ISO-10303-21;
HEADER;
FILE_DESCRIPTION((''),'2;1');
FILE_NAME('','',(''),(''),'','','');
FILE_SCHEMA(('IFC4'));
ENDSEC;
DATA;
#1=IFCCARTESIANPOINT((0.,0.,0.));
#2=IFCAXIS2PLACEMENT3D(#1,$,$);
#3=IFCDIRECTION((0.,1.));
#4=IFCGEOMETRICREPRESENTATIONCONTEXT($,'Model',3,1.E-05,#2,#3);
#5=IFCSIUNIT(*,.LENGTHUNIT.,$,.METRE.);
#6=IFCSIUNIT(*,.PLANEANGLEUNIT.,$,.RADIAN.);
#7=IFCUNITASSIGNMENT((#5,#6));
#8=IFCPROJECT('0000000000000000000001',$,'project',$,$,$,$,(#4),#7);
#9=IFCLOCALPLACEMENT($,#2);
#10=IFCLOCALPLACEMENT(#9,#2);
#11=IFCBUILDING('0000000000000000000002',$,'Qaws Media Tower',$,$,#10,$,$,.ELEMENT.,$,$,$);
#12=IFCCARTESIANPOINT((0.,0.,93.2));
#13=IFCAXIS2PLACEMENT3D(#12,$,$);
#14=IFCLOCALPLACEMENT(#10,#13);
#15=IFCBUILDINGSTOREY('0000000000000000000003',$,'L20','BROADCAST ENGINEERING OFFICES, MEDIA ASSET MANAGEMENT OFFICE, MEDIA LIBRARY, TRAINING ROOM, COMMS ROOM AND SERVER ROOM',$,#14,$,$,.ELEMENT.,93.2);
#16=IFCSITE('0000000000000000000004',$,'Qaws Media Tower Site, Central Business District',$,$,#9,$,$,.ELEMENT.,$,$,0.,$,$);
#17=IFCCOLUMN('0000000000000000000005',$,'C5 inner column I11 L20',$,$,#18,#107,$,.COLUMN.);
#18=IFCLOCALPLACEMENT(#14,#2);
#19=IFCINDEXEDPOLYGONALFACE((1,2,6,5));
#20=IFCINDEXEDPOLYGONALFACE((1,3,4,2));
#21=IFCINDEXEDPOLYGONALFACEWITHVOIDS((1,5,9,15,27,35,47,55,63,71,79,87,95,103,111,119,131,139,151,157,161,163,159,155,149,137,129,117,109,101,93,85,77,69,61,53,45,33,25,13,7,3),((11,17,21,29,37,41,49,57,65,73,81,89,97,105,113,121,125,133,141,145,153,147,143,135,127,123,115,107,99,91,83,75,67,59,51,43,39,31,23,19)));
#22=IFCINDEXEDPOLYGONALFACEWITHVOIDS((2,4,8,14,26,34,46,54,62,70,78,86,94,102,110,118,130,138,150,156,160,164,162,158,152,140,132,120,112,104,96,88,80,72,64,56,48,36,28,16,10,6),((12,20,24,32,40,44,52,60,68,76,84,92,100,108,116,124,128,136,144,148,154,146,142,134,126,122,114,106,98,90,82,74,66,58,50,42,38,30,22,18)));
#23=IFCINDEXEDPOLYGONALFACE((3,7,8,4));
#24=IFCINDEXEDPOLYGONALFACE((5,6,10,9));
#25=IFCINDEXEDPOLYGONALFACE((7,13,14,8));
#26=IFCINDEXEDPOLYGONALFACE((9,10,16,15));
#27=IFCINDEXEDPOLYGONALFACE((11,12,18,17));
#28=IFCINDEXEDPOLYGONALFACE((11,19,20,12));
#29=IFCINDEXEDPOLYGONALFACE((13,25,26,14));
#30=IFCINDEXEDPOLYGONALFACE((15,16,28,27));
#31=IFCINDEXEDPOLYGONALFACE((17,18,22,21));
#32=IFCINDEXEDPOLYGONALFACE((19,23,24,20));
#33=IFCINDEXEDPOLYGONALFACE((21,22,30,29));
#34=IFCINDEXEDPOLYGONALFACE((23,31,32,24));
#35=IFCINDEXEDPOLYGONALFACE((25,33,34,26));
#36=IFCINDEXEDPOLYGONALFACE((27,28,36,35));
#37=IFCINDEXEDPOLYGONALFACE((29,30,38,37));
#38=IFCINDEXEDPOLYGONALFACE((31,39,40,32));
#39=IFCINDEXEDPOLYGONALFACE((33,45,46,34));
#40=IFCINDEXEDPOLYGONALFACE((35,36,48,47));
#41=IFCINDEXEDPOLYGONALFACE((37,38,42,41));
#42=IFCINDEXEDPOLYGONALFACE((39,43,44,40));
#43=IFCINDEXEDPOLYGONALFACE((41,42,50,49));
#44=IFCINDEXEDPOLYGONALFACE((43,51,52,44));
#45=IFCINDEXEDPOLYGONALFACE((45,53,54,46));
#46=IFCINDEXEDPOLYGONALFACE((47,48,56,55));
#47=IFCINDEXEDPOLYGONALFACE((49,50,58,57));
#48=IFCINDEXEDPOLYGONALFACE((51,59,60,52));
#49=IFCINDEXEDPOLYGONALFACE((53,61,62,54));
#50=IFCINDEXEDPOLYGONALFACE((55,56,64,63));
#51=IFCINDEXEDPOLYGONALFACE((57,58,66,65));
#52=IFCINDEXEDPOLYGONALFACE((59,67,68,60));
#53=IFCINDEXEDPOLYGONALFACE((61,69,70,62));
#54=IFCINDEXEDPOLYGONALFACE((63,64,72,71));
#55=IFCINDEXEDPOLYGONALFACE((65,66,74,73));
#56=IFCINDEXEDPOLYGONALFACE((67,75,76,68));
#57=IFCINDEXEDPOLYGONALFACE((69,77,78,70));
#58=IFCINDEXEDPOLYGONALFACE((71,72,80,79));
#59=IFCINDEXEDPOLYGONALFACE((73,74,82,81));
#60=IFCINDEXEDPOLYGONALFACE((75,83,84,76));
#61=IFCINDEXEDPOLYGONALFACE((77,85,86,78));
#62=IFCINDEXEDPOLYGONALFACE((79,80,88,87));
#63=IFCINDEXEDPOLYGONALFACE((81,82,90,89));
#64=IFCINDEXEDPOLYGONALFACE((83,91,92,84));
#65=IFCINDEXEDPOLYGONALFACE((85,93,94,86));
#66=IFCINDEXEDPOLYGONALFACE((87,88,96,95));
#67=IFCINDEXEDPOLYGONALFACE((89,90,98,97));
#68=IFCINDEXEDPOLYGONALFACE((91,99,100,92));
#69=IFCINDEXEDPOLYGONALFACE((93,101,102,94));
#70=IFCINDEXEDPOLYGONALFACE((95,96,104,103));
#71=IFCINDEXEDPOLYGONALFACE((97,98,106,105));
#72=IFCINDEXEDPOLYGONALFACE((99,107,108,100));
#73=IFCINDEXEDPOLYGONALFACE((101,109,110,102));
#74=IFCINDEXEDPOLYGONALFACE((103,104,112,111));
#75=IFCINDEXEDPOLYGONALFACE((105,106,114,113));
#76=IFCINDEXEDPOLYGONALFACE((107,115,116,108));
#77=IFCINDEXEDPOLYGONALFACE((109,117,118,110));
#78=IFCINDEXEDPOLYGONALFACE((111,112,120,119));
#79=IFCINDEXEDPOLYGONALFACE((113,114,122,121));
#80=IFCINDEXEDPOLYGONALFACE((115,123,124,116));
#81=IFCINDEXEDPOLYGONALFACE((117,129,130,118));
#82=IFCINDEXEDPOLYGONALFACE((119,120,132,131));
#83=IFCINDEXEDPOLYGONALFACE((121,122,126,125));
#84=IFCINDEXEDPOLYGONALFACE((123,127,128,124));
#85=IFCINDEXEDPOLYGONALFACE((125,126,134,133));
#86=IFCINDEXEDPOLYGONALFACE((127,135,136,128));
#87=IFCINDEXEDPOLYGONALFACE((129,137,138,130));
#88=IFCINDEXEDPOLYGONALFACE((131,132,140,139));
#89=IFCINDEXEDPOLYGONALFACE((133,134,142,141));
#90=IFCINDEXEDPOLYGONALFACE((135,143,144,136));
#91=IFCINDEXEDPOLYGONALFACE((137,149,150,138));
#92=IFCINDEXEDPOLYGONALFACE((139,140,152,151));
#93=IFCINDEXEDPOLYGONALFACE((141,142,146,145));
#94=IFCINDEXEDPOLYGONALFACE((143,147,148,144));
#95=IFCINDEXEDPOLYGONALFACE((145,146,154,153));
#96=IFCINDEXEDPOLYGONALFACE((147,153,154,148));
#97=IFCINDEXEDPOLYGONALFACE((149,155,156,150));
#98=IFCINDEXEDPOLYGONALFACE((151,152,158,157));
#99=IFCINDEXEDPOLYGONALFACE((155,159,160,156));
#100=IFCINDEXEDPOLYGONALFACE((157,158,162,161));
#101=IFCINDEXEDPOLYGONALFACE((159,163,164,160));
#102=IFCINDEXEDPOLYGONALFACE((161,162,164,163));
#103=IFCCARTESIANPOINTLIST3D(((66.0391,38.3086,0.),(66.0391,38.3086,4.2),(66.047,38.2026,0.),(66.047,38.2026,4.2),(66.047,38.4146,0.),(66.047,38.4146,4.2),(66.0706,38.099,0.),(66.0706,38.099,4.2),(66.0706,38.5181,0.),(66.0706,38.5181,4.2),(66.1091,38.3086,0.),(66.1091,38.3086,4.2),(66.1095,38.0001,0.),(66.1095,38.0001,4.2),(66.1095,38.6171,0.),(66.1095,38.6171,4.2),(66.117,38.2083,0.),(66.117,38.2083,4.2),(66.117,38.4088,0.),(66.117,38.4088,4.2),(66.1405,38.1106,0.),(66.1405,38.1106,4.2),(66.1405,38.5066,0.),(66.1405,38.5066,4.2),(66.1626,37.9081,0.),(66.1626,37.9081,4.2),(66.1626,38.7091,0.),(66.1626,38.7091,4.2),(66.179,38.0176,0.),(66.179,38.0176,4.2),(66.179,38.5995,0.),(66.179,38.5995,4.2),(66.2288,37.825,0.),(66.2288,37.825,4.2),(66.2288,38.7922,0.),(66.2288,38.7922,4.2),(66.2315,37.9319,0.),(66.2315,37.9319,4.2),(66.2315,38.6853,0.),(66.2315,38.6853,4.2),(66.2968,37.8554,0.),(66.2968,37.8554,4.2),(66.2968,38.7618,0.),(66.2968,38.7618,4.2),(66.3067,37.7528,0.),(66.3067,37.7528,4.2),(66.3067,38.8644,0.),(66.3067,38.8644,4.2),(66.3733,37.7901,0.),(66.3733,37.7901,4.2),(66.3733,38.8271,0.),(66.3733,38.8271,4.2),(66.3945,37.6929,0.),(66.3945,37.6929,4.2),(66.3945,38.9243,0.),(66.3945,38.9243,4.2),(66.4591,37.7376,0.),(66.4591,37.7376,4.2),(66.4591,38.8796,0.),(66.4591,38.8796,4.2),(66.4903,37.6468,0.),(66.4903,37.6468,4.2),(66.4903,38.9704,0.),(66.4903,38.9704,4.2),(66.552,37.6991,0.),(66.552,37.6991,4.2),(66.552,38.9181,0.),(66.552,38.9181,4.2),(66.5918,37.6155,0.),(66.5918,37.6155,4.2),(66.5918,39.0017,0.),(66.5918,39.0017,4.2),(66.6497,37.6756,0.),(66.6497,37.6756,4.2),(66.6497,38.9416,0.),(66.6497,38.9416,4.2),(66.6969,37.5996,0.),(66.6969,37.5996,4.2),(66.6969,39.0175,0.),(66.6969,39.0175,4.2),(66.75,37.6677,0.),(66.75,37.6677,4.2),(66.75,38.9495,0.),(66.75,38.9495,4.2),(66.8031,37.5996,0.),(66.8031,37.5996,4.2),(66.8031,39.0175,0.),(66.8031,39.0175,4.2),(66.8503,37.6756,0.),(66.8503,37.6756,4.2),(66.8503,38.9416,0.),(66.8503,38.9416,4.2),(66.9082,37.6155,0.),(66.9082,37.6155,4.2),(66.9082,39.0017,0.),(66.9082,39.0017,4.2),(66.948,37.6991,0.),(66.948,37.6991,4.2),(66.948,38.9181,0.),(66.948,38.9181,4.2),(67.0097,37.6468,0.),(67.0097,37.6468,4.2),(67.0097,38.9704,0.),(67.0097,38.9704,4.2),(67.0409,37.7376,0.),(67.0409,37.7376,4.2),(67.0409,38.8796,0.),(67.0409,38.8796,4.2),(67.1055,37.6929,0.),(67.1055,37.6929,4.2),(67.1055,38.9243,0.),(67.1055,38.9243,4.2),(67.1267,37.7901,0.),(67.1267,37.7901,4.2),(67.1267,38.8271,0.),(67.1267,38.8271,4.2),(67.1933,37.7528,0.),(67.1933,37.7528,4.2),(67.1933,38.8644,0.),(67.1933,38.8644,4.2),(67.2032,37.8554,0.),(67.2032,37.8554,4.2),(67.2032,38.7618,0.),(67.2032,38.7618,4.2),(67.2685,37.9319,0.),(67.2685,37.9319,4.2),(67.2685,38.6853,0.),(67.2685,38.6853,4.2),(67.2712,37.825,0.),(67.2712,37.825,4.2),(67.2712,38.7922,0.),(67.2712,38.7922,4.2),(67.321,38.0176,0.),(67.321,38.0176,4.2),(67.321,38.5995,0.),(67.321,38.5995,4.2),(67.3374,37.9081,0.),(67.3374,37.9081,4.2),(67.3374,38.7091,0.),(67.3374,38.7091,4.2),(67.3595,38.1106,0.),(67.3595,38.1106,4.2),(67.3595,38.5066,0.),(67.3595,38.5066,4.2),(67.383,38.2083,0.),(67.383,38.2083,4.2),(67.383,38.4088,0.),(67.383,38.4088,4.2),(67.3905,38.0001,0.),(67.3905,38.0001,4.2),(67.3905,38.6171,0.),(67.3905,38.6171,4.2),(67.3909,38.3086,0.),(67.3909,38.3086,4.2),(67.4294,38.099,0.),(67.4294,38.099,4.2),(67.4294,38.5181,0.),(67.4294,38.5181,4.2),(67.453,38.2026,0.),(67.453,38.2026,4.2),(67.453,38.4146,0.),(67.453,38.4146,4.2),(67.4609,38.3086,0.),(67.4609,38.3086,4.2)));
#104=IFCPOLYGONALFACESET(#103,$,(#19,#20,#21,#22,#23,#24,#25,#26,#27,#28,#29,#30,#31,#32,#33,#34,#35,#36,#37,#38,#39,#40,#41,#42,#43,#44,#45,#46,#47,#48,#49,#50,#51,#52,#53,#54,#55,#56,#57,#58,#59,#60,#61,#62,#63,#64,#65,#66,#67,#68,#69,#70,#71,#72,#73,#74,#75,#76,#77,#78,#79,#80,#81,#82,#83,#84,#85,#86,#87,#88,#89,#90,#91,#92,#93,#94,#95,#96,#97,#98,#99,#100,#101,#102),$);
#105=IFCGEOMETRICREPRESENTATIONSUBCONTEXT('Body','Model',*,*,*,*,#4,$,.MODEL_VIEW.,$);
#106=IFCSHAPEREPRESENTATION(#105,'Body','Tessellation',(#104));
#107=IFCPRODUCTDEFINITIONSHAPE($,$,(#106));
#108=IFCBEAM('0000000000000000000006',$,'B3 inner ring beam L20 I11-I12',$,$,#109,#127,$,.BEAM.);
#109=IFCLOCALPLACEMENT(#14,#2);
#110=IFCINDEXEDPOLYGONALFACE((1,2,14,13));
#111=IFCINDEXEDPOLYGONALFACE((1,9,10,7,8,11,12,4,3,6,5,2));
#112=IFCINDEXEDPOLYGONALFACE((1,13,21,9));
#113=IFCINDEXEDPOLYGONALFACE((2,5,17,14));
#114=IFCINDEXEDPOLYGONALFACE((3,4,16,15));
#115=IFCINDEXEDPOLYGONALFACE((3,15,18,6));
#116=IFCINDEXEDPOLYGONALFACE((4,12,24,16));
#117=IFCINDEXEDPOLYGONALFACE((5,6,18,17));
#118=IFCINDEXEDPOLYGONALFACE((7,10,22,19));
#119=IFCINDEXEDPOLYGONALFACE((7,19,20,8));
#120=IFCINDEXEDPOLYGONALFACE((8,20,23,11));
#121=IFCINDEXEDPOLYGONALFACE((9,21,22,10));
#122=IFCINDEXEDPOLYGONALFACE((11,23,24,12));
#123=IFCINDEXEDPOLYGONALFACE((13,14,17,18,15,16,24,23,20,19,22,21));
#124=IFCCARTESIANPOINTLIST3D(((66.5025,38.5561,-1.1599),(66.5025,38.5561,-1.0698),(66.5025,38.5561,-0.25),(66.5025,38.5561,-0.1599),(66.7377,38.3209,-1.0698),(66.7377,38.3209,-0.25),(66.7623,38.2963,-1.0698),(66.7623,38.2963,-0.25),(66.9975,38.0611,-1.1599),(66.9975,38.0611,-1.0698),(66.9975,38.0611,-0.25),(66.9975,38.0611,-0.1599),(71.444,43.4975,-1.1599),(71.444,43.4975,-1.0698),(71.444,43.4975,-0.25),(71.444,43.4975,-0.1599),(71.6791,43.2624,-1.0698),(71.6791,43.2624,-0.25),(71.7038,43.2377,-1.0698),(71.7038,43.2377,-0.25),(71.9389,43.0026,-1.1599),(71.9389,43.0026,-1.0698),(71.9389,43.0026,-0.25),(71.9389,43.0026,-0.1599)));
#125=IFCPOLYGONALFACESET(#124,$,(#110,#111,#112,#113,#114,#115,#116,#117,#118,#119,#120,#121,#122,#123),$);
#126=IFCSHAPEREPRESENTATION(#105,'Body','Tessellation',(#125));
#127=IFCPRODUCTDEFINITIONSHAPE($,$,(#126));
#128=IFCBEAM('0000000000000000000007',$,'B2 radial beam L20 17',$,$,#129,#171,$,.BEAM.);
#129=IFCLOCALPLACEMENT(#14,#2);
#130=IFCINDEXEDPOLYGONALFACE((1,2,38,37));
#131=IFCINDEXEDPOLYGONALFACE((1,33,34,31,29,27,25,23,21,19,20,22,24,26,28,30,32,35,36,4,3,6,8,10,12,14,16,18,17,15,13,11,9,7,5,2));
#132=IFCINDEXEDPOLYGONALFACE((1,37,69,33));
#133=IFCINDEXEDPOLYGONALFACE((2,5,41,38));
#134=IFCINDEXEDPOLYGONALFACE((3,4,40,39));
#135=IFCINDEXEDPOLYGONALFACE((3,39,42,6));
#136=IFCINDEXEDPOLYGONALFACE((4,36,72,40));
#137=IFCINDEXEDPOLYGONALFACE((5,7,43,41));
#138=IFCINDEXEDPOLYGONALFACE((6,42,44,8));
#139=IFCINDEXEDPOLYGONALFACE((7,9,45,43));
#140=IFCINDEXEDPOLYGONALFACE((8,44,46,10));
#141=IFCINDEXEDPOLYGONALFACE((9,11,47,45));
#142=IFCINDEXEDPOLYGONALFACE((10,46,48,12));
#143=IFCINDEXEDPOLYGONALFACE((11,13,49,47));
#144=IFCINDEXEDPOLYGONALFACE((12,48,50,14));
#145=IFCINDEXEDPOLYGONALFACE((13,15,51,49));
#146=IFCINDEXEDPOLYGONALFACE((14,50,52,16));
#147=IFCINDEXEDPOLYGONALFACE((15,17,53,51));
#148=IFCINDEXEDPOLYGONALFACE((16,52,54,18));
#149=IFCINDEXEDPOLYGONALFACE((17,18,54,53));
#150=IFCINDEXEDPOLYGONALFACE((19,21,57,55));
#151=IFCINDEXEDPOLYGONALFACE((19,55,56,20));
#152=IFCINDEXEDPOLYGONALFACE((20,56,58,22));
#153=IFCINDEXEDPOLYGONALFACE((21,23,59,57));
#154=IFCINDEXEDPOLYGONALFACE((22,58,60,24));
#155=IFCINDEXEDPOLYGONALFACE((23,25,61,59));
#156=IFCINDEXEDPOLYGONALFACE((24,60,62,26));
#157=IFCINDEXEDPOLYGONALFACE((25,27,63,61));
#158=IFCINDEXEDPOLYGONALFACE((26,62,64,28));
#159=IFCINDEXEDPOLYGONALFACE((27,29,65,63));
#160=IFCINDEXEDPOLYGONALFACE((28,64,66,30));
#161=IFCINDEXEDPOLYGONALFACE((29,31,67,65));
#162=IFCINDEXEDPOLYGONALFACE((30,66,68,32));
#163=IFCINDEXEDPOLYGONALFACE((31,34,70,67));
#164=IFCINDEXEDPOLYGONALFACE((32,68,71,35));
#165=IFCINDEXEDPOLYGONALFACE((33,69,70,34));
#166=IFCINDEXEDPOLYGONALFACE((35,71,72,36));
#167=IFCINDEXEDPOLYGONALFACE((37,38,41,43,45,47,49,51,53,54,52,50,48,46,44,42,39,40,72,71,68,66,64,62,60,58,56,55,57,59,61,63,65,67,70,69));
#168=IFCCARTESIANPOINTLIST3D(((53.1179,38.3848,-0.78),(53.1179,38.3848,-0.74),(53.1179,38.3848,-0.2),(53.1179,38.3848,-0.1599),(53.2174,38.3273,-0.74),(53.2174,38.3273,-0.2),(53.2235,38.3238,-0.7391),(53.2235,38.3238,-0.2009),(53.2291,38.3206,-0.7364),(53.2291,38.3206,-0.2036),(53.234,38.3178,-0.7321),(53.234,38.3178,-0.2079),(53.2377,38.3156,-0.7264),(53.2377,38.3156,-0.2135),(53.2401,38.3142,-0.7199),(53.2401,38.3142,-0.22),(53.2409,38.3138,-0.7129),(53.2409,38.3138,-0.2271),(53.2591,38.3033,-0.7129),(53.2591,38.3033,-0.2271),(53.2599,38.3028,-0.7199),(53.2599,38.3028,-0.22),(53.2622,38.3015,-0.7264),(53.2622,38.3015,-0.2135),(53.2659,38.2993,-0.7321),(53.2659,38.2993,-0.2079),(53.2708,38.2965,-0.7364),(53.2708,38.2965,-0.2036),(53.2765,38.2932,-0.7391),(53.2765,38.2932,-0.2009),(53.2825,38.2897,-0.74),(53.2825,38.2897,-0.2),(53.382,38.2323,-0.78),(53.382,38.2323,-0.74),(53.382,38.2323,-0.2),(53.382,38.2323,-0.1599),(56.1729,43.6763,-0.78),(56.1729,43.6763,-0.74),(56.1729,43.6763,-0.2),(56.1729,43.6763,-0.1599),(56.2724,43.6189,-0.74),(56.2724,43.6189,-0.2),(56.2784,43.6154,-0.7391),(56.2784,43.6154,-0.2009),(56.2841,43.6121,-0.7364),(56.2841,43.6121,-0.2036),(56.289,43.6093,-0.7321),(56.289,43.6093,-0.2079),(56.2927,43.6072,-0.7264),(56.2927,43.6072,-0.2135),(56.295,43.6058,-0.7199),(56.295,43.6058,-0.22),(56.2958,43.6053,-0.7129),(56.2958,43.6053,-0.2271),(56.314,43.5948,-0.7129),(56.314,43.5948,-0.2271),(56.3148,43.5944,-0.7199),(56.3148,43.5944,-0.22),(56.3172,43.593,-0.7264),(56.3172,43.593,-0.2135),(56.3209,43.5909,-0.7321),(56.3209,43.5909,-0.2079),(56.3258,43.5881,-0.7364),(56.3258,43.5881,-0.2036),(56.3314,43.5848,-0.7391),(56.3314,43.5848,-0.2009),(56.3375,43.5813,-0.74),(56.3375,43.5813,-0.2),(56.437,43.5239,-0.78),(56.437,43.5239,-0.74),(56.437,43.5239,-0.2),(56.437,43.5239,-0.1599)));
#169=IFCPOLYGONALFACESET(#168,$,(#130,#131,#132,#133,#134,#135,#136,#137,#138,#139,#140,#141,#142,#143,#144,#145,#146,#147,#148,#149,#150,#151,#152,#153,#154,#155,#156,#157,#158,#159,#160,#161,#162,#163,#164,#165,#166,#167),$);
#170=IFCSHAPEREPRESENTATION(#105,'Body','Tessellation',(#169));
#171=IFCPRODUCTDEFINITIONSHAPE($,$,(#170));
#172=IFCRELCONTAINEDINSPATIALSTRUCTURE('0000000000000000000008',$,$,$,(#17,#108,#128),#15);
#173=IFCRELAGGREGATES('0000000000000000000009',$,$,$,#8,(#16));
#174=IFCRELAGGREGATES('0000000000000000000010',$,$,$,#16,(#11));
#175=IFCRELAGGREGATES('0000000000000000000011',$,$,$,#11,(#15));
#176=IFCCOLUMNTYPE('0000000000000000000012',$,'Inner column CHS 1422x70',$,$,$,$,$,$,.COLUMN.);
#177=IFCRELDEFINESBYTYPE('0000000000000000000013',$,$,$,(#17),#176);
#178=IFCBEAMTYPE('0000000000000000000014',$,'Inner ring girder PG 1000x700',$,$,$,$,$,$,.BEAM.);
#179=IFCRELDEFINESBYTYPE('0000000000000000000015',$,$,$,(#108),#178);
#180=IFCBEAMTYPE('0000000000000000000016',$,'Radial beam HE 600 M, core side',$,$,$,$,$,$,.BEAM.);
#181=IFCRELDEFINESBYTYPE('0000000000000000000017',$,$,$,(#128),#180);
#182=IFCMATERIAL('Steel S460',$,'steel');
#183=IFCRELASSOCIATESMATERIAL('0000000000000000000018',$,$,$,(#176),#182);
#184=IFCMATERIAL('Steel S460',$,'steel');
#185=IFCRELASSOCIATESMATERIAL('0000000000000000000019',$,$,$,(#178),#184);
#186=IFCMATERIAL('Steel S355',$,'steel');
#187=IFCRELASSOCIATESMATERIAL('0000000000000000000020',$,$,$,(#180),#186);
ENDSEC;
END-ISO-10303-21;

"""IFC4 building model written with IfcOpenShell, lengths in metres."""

from ifc_helpers import new_model, si_unit, direction, frame, origin, origin_2d, place, context, subcontext, project, spatial, hollow_circle, i_section, extrude, material, material_profile, profile_set, type_object, element, save


model = new_model("IFC4")

# Units and contexts
model_context = context("Model", 3, precision=1e-05, world=origin(), true_north=direction((0.0, 1.0)))
body_context = subcontext(model_context, "Body", "Model", "MODEL_VIEW")
ifc_project = project(units=[si_unit("LENGTHUNIT", "METRE"), si_unit("PLANEANGLEUNIT", "RADIAN")], contexts=[model_context])

# Site, building, storey
site_placement = place(None, origin())
site = spatial("IfcSite", under=ifc_project, at=site_placement, Name="Qaws Media Tower Site, Central Business District", CompositionType="ELEMENT", RefElevation=0.0)
building_placement = place(site_placement, origin())
building = spatial("IfcBuilding", under=site, at=building_placement, Name="Qaws Media Tower", CompositionType="ELEMENT")
storey_placement = place(building_placement, frame((0.0, 0.0, 93.2)))
storey = spatial("IfcBuildingStorey", under=building, at=storey_placement, Name="L20", Description="BROADCAST ENGINEERING OFFICES, MEDIA ASSET MANAGEMENT OFFICE, MEDIA LIBRARY, TRAINING ROOM, COMMS ROOM AND SERVER ROOM", CompositionType="ELEMENT", Elevation=93.2)

# Column
ifc_material_1 = material(Name="Steel S460", Category="steel")
ifc_material_profile_1 = material_profile(ifc_material_1, hollow_circle(Radius=0.7109, WallThickness=0.0701, at=origin_2d()), Name="CHS 1422x70")
ifc_profile_set_1 = profile_set([ifc_material_profile_1], Name="Steel S460")
column_type = type_object("IfcColumnType", Name="Inner column CHS 1422x70", PredefinedType="COLUMN", material=ifc_profile_set_1)
column_placement = place(storey_placement, frame((66.75, 38.3086, 0.0), z_axis=(0.0, 0.0, 1.0), x_axis=(1.0, 0.0, 0.0)))
element("IfcColumn", 1, at=column_placement, inside=storey, type_object=column_type, Name="C5 inner column I11 L20", PredefinedType="COLUMN", context=body_context, shape_type="SweptSolid", body=[
    extrude(hollow_circle(Radius=0.7109, WallThickness=0.0701, at=origin_2d()), origin(), (0.0, 0.0, 1.0), 4.2),
])

# Beams
ifc_material_2 = material(Name="Steel S460", Category="steel")
ifc_material_profile_2 = material_profile(ifc_material_2, i_section(OverallWidth=0.7, OverallDepth=1.0, WebThickness=0.0349, FlangeThickness=0.0901, at=origin_2d()), Name="PG 1000x700")
ifc_profile_set_2 = profile_set([ifc_material_profile_2], Name="Steel S460")
beam_type_1 = type_object("IfcBeamType", Name="Inner ring girder PG 1000x700", PredefinedType="BEAM", material=ifc_profile_set_2)
beam_1_placement = place(storey_placement, frame((66.75, 38.3086, -0.6599), z_axis=(0.707107, 0.707107, 0.0), x_axis=(-0.707107, 0.707107, 0.0)))
element("IfcBeam", 2, at=beam_1_placement, inside=storey, type_object=beam_type_1, Name="B3 inner ring beam L20 I11-I12", PredefinedType="BEAM", context=body_context, shape_type="SweptSolid", body=[
    extrude(i_section(OverallWidth=0.7, OverallDepth=1.0, WebThickness=0.0349, FlangeThickness=0.0901, at=origin_2d()), origin(), (0.0, 0.0, 1.0), 6.9883),
])
ifc_material_3 = material(Name="Steel S355", Category="steel")
ifc_material_profile_3 = material_profile(ifc_material_3, i_section(OverallWidth=0.3049, OverallDepth=0.6201, WebThickness=0.021, FlangeThickness=0.04, FilletRadius=0.0271, at=origin_2d()), Name="HE 600 M")
ifc_profile_set_3 = profile_set([ifc_material_profile_3], Name="Steel S355")
beam_type_2 = type_object("IfcBeamType", Name="Radial beam HE 600 M, core side", PredefinedType="BEAM", material=ifc_profile_set_3)
beam_2_placement = place(storey_placement, frame((56.3049, 43.6001, -0.47), z_axis=(-0.499985, -0.866034, 0.0), x_axis=(0.866034, -0.499985, 0.0)))
element("IfcBeam", 3, at=beam_2_placement, inside=storey, type_object=beam_type_2, Name="B2 radial beam L20 17", PredefinedType="BEAM", context=body_context, shape_type="SweptSolid", body=[
    extrude(i_section(OverallWidth=0.3049, OverallDepth=0.6201, WebThickness=0.021, FlangeThickness=0.04, FilletRadius=0.0271, at=origin_2d()), origin(), (0.0, 0.0, 1.0), 6.1101),
])

save(model, "model.ifc")
